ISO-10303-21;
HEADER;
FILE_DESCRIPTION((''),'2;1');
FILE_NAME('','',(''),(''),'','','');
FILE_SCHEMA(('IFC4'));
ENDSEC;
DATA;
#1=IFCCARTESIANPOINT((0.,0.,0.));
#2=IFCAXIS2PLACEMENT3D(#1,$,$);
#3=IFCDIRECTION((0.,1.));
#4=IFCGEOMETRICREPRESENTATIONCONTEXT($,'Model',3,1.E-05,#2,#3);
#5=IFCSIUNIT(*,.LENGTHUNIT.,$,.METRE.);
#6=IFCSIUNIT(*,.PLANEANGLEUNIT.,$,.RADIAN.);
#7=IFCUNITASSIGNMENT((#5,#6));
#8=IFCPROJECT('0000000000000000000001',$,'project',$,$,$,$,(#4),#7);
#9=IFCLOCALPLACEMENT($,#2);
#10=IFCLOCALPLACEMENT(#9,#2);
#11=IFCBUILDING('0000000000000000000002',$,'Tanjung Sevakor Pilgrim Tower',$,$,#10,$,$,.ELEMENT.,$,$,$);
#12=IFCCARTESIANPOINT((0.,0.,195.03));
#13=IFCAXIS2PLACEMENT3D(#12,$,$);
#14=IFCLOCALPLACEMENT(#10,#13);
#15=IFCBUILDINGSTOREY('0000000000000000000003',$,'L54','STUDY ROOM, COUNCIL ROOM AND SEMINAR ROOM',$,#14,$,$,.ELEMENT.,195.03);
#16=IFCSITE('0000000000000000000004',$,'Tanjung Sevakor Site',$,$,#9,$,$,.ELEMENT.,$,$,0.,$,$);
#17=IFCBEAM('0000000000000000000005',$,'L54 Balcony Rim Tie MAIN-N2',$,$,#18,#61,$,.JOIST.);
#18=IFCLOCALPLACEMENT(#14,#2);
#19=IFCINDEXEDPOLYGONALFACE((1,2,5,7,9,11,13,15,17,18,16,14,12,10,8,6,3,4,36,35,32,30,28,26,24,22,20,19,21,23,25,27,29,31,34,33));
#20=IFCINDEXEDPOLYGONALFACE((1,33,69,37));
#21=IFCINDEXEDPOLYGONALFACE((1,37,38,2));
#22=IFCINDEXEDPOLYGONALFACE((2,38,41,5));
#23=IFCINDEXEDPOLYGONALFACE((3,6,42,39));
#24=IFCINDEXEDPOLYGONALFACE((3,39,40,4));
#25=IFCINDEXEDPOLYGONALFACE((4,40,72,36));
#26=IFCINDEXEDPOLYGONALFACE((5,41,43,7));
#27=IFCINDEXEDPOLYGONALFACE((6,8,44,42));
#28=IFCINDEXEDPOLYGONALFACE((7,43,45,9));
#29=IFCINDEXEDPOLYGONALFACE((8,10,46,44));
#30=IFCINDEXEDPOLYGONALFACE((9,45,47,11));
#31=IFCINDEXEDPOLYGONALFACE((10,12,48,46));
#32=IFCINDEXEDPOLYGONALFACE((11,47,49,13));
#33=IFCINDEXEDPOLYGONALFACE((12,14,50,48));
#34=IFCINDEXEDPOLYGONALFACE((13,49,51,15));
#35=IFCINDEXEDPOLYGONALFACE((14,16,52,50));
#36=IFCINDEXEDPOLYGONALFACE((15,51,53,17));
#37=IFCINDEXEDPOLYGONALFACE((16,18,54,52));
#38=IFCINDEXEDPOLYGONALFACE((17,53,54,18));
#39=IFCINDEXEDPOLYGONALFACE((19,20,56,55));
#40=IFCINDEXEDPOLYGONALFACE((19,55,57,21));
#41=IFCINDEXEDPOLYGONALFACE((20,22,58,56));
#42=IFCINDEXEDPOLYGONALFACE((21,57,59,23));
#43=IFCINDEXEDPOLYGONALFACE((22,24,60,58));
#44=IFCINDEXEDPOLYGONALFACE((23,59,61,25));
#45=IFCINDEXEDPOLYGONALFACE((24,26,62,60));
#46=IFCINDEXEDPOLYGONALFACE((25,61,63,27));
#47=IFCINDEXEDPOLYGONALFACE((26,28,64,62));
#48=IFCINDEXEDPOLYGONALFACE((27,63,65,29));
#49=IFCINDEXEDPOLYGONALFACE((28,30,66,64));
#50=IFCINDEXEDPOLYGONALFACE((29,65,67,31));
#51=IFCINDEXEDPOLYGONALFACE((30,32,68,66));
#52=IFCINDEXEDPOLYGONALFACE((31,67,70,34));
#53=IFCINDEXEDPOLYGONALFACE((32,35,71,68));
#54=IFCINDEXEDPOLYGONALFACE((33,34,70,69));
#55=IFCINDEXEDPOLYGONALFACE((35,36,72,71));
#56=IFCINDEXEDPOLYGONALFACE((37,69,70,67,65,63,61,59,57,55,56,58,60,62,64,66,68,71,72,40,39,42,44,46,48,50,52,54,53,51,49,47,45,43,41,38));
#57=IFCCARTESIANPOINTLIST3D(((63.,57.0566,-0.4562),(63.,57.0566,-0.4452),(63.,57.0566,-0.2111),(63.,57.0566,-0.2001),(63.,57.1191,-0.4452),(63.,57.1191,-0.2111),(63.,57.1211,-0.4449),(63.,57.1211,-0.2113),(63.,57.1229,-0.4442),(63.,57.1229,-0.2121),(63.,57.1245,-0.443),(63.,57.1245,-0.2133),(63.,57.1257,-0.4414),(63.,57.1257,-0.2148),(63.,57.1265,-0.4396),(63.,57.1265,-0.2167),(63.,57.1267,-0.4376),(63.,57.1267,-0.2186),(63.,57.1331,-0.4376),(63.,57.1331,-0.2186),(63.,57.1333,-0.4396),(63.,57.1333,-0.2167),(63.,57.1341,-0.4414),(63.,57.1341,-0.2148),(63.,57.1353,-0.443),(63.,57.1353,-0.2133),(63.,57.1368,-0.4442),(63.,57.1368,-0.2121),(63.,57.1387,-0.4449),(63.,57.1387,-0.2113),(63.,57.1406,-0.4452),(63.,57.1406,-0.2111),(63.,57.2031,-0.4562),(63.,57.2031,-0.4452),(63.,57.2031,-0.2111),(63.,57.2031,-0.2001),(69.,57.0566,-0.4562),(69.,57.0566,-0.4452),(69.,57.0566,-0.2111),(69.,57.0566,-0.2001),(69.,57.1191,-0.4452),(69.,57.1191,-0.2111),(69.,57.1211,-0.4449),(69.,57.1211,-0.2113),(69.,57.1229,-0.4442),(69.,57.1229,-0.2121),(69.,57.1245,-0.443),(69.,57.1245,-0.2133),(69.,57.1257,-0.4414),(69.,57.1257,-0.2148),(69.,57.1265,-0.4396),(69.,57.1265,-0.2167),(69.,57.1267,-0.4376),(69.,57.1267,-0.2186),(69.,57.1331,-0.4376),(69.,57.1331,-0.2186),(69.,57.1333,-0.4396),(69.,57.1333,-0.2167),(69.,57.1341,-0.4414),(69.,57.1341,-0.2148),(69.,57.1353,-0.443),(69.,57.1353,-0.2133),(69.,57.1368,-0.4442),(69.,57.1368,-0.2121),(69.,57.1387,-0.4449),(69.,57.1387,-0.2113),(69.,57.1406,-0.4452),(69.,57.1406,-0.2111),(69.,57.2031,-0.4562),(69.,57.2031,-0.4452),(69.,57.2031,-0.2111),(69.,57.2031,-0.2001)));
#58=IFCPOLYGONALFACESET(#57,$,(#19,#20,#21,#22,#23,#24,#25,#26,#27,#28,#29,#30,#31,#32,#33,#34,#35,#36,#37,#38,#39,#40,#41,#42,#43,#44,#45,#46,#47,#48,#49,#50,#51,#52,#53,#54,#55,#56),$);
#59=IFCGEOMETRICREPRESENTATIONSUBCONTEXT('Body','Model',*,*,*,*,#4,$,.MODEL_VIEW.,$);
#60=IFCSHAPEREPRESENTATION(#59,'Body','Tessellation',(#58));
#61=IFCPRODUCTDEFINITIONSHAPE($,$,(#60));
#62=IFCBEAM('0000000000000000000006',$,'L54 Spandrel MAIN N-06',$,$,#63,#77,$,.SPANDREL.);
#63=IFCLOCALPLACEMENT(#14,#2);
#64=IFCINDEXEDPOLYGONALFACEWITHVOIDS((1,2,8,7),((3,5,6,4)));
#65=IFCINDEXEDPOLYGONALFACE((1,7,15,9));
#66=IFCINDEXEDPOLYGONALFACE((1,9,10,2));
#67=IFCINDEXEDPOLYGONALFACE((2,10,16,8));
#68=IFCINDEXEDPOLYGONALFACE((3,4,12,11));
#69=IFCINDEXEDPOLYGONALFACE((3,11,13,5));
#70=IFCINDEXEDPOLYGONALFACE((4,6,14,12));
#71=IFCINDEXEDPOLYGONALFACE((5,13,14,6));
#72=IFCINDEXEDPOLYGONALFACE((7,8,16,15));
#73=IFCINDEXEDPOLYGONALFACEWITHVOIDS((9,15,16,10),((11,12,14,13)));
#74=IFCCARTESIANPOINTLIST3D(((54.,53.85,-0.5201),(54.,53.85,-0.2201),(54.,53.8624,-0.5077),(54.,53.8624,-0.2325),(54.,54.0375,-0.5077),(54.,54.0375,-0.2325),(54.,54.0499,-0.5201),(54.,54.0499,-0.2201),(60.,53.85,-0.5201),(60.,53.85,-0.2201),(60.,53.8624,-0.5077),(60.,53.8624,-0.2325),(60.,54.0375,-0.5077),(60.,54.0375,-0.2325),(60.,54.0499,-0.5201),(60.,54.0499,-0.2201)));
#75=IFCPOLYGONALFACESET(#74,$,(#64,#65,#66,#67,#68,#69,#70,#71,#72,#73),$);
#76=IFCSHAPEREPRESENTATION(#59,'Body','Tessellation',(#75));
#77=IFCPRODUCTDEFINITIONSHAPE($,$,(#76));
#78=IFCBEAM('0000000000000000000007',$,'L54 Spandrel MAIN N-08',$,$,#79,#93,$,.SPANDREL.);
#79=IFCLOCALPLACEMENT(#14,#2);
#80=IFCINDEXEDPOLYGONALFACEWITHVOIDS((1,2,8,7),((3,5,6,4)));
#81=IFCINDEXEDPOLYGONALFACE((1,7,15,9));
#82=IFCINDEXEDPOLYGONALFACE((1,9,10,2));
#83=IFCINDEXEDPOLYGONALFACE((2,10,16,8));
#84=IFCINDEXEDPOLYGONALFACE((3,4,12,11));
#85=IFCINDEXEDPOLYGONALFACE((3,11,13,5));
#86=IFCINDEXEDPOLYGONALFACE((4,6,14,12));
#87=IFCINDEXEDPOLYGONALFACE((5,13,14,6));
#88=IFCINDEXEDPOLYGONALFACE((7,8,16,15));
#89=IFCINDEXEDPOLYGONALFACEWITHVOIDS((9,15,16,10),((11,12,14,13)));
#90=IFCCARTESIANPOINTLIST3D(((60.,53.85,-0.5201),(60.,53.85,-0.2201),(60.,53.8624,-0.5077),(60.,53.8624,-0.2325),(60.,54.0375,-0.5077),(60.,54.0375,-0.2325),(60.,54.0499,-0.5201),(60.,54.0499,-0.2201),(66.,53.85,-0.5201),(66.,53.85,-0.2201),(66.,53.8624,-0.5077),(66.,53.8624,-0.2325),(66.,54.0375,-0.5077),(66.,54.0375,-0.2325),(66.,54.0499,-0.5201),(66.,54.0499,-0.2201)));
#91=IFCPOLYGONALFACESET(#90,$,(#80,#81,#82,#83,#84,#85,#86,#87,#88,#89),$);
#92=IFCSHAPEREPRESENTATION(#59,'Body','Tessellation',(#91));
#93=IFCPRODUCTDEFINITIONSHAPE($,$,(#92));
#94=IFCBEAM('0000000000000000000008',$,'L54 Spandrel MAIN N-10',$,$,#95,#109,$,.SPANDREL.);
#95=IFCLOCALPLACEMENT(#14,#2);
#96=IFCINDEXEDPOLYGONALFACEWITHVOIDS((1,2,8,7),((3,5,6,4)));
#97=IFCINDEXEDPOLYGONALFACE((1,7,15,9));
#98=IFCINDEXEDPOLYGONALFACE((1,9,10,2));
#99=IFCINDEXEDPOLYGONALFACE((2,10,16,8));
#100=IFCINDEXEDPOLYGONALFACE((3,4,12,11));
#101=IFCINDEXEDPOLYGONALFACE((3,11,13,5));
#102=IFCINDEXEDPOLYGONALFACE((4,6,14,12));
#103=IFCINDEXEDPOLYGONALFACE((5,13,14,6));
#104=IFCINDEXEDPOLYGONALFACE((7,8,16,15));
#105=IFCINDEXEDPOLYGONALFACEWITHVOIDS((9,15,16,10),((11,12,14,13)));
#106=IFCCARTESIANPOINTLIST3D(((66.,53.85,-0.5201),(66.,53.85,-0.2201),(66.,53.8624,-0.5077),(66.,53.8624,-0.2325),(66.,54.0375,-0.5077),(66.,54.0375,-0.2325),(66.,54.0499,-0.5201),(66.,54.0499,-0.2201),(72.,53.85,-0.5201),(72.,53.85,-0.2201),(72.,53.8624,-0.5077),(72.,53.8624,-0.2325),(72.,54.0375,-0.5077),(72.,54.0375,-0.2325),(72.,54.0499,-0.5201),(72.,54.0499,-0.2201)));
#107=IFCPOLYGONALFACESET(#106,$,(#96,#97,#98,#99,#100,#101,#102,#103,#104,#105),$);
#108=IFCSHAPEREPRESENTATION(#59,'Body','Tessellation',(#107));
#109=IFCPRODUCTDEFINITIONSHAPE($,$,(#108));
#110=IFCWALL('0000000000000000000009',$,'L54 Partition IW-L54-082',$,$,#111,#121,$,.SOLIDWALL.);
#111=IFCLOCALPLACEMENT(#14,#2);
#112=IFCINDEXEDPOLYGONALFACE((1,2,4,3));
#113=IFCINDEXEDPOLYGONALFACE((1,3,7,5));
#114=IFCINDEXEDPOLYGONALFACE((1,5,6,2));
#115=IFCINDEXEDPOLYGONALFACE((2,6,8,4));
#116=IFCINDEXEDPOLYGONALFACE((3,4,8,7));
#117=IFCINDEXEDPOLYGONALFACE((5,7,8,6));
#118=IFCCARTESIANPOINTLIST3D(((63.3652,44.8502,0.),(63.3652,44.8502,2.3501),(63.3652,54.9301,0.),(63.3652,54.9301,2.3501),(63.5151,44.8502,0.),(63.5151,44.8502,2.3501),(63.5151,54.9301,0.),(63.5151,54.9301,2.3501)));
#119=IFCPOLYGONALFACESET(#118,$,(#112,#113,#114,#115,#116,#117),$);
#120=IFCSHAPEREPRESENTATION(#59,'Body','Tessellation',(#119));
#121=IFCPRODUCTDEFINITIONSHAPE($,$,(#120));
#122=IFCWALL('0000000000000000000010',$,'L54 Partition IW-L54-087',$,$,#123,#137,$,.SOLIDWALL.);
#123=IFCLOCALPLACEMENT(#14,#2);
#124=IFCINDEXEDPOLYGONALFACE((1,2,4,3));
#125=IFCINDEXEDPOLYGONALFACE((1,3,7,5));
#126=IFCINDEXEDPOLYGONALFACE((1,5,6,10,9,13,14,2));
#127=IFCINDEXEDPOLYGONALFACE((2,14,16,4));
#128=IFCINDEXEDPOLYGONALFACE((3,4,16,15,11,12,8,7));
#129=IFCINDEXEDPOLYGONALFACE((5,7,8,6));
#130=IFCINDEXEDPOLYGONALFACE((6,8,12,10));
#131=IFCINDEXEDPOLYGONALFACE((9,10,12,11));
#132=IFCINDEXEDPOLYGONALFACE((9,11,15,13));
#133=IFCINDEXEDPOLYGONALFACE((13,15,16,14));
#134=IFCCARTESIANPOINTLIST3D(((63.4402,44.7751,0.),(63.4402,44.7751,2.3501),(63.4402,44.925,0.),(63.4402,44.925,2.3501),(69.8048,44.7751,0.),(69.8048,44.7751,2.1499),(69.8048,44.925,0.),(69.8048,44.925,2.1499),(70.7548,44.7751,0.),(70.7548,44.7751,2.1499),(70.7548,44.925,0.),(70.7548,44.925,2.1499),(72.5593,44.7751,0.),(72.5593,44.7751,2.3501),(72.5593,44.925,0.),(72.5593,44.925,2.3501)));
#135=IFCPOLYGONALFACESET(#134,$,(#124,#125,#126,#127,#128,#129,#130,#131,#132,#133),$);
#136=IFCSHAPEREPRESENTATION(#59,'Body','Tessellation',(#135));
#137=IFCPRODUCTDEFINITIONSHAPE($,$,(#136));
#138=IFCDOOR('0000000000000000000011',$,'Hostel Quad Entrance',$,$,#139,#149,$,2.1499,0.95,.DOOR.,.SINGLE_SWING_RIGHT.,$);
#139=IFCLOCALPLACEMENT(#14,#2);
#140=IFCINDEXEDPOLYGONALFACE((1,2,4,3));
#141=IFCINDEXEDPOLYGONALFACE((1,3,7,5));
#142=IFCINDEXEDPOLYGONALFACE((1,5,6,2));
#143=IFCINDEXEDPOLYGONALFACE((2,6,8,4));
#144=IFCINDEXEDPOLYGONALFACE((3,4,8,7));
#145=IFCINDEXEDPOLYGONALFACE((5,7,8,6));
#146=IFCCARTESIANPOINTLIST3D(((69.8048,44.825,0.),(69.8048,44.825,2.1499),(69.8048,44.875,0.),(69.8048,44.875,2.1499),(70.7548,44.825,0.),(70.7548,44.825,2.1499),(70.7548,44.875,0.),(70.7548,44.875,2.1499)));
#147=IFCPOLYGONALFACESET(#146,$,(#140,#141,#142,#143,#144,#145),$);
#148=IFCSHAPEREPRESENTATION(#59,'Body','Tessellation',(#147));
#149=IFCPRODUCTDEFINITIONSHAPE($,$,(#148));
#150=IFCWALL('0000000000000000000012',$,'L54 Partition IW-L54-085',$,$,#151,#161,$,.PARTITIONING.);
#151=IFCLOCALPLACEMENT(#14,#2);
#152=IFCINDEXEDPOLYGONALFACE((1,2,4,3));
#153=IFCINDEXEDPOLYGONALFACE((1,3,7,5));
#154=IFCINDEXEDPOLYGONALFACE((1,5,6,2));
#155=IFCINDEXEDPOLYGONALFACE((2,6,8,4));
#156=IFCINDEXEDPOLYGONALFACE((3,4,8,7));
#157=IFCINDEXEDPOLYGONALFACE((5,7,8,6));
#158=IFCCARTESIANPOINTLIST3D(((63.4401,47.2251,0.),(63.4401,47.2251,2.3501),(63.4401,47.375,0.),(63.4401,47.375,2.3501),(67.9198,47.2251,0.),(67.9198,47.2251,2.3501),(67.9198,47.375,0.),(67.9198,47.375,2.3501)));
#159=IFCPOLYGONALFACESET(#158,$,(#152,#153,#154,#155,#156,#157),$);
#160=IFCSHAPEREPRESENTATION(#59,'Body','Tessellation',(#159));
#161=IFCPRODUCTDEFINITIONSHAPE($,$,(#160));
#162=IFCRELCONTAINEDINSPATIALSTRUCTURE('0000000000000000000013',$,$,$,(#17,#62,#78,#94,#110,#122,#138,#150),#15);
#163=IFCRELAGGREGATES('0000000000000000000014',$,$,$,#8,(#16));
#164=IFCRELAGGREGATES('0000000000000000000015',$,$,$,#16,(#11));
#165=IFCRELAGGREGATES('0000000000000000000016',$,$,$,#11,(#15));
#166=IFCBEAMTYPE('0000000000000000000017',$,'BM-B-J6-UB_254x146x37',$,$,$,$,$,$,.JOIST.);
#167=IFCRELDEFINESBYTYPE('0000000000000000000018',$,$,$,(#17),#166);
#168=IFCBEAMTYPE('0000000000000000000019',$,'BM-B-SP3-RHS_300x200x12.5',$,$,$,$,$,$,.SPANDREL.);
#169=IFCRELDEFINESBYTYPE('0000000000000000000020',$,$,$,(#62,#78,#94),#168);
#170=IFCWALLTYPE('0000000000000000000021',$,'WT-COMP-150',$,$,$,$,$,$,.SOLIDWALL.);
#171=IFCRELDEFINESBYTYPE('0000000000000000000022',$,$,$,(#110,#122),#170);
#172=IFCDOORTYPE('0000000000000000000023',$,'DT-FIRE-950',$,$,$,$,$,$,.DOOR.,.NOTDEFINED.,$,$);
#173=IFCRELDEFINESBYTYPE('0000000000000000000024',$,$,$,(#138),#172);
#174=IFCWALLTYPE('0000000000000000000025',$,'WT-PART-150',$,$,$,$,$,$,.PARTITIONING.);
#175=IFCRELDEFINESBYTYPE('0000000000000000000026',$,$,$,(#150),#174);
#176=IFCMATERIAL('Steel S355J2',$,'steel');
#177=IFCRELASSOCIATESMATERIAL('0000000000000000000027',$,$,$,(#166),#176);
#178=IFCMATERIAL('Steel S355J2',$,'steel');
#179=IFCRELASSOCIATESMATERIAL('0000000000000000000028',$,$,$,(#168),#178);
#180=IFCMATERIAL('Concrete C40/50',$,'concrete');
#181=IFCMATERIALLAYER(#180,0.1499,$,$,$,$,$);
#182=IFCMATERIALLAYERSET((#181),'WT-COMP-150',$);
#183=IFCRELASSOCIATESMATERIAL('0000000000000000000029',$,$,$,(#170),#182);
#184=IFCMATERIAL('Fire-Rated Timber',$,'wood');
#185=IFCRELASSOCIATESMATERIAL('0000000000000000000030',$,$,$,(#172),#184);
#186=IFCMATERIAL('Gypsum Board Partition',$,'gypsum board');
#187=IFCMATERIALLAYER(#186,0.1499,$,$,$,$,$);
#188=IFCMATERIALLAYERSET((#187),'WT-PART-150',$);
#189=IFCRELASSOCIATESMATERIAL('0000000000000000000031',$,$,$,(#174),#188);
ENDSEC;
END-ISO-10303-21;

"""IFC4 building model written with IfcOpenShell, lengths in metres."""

from ifc_helpers import new_model, si_unit, direction, frame, frame_2d, origin, origin_2d, place, context, subcontext, project, spatial, rectangle, hollow_rectangle, i_section, extrude, material, layer, layer_set, material_profile, profile_set, type_object, element, fill, save


model = new_model("IFC4")

# Units and contexts
model_context = context("Model", 3, precision=1e-05, world=origin(), true_north=direction((0.0, 1.0)))
body_context = subcontext(model_context, "Body", "Model", "MODEL_VIEW")
ifc_project = project(units=[si_unit("LENGTHUNIT", "METRE"), si_unit("PLANEANGLEUNIT", "RADIAN")], contexts=[model_context])

# Site, building, storey
site_placement = place(None, origin())
site = spatial("IfcSite", under=ifc_project, at=site_placement, Name="Tanjung Sevakor Site", CompositionType="ELEMENT", RefElevation=0.0)
building_placement = place(site_placement, origin())
building = spatial("IfcBuilding", under=site, at=building_placement, Name="Tanjung Sevakor Pilgrim Tower", CompositionType="ELEMENT")
storey_placement = place(building_placement, frame((0.0, 0.0, 195.03)))
storey = spatial("IfcBuildingStorey", under=building, at=storey_placement, Name="L54", Description="STUDY ROOM, COUNCIL ROOM AND SEMINAR ROOM", CompositionType="ELEMENT", Elevation=195.03)

# Beams
ifc_material_1 = material(Name="Steel S355J2", Category="steel")
ifc_material_profile_1 = material_profile(ifc_material_1, i_section(OverallWidth=0.1465, OverallDepth=0.2561, WebThickness=0.0063, FlangeThickness=0.011, FilletRadius=0.0076, at=origin_2d()))
ifc_profile_set_1 = profile_set([ifc_material_profile_1], Name="Steel S355J2")
beam_type_1 = type_object("IfcBeamType", Name="BM-B-J6-UB_254x146x37", PredefinedType="JOIST", material=ifc_profile_set_1)
beam_1_placement = place(storey_placement, frame((63.0, 57.1299, -0.3281), z_axis=(1.0, 0.0, 0.0), x_axis=(0.0, 1.0, 0.0)))
element("IfcBeam", 1, at=beam_1_placement, inside=storey, type_object=beam_type_1, Name="L54 Balcony Rim Tie MAIN-N2", PredefinedType="JOIST", context=body_context, shape_type="SweptSolid", body=[
    extrude(i_section(OverallWidth=0.1465, OverallDepth=0.2561, WebThickness=0.0063, FlangeThickness=0.011, FilletRadius=0.0076, at=origin_2d()), origin(), (0.0, 0.0, 1.0), 6.0),
])
ifc_material_2 = material(Name="Steel S355J2", Category="steel")
ifc_material_profile_2 = material_profile(ifc_material_2, hollow_rectangle(XDim=0.2, YDim=0.3, WallThickness=0.0125, at=origin_2d()))
ifc_profile_set_2 = profile_set([ifc_material_profile_2], Name="Steel S355J2")
beam_type_2 = type_object("IfcBeamType", Name="BM-B-SP3-RHS_300x200x12.5", PredefinedType="SPANDREL", material=ifc_profile_set_2)
for number, where, z_axis, x_axis, name in (
    (2, (54.0, 53.95, -0.3701), (1.0, 0.0, 0.0), (0.0, 1.0, 0.0), "L54 Spandrel MAIN N-06"),
    (3, (60.0, 53.95, -0.3701), (1.0, 0.0, 0.0), (0.0, 1.0, 0.0), "L54 Spandrel MAIN N-08"),
    (4, (66.0, 53.95, -0.3701), (1.0, 0.0, 0.0), (0.0, 1.0, 0.0), "L54 Spandrel MAIN N-10"),
):
    element("IfcBeam", number, at=place(storey_placement, frame(where, z_axis=z_axis, x_axis=x_axis)), inside=storey, type_object=beam_type_2, Name=name, PredefinedType="SPANDREL", context=body_context, shape_type="SweptSolid", body=[
        extrude(hollow_rectangle(XDim=0.2, YDim=0.3, WallThickness=0.0125, at=origin_2d()), origin(), (0.0, 0.0, 1.0), 6.0),
    ])

# Wall
ifc_material_3 = material(Name="Concrete C40/50", Category="concrete")
ifc_layer_1 = layer(ifc_material_3, 0.1499)
ifc_layer_set_1 = layer_set([ifc_layer_1], Name="WT-COMP-150")
wall_type_1 = type_object("IfcWallType", Name="WT-COMP-150", PredefinedType="SOLIDWALL", material=ifc_layer_set_1)
wall_1_placement = place(storey_placement, frame((63.4402, 44.8501, 0.0), z_axis=(0.0, 0.0, 1.0), x_axis=(0.0, 1.0, 0.0)))
element("IfcWall", 5, at=wall_1_placement, inside=storey, type_object=wall_type_1, Name="L54 Partition IW-L54-082", PredefinedType="SOLIDWALL", context=body_context, shape_type="SweptSolid", body=[
    extrude(rectangle(XDim=10.0798, YDim=0.1499, at=frame_2d((5.04, 0.0))), origin(), (0.0, 0.0, 1.0), 2.3501),
])

# Wall, opening, door
wall_2_placement = place(storey_placement, frame((63.4402, 44.8501, 0.0), z_axis=(0.0, 0.0, 1.0), x_axis=(1.0, 0.0, 0.0)))
wall_2 = element("IfcWall", 6, at=wall_2_placement, inside=storey, type_object=wall_type_1, Name="L54 Partition IW-L54-087", PredefinedType="SOLIDWALL", context=body_context, shape_type="SweptSolid", body=[
    extrude(rectangle(XDim=9.1191, YDim=0.1499, at=frame_2d((4.5596, 0.0))), origin(), (0.0, 0.0, 1.0), 2.3501),
])
opening_1_placement = place(wall_2_placement, frame((6.3645, 0.0, 0.0)))
opening_1 = element("IfcOpeningElement", 7, at=opening_1_placement, cuts=wall_2, PredefinedType="OPENING", context=body_context, shape_type="SweptSolid", body=[
    extrude(rectangle(XDim=0.95, YDim=2.1499, at=frame_2d((0.4751, 1.075))), frame((0.0, 0.085, 0.0), z_axis=(0.0, -1.0, 0.0), x_axis=(1.0, 0.0, 0.0)), (0.0, 0.0, 1.0), 0.1699),
])
ifc_material_4 = material(Name="Fire-Rated Timber", Category="wood")
door_type_1 = type_object("IfcDoorType", Name="DT-FIRE-950", OperationType="NOTDEFINED", PredefinedType="DOOR", material=ifc_material_4)
door_1_placement = place(opening_1_placement, origin())
door_1 = element("IfcDoor", 8, at=door_1_placement, inside=storey, type_object=door_type_1, Name="Hostel Quad Entrance", OperationType="SINGLE_SWING_RIGHT", OverallHeight=2.1499, OverallWidth=0.95, PredefinedType="DOOR", context=body_context, shape_type="SweptSolid", body=[
    extrude(rectangle(XDim=0.95, YDim=2.1499, at=frame_2d((0.4751, 1.075))), frame((0.0, 0.0249, 0.0), z_axis=(0.0, -1.0, 0.0), x_axis=(1.0, 0.0, 0.0)), (0.0, 0.0, 1.0), 0.05),
])
fill(opening_1, door_1)

# Wall
ifc_material_5 = material(Name="Gypsum Board Partition", Category="gypsum board")
ifc_layer_2 = layer(ifc_material_5, 0.1499)
ifc_layer_set_2 = layer_set([ifc_layer_2], Name="WT-PART-150")
wall_type_2 = type_object("IfcWallType", Name="WT-PART-150", PredefinedType="PARTITIONING", material=ifc_layer_set_2)
wall_3_placement = place(storey_placement, frame((63.4402, 47.3, 0.0), z_axis=(0.0, 0.0, 1.0), x_axis=(1.0, 0.0, 0.0)))
element("IfcWall", 9, at=wall_3_placement, inside=storey, type_object=wall_type_2, Name="L54 Partition IW-L54-085", PredefinedType="PARTITIONING", context=body_context, shape_type="SweptSolid", body=[
    extrude(rectangle(XDim=4.4797, YDim=0.1499, at=frame_2d((2.2397, 0.0))), origin(), (0.0, 0.0, 1.0), 2.3501),
])

save(model, "model.ifc")
